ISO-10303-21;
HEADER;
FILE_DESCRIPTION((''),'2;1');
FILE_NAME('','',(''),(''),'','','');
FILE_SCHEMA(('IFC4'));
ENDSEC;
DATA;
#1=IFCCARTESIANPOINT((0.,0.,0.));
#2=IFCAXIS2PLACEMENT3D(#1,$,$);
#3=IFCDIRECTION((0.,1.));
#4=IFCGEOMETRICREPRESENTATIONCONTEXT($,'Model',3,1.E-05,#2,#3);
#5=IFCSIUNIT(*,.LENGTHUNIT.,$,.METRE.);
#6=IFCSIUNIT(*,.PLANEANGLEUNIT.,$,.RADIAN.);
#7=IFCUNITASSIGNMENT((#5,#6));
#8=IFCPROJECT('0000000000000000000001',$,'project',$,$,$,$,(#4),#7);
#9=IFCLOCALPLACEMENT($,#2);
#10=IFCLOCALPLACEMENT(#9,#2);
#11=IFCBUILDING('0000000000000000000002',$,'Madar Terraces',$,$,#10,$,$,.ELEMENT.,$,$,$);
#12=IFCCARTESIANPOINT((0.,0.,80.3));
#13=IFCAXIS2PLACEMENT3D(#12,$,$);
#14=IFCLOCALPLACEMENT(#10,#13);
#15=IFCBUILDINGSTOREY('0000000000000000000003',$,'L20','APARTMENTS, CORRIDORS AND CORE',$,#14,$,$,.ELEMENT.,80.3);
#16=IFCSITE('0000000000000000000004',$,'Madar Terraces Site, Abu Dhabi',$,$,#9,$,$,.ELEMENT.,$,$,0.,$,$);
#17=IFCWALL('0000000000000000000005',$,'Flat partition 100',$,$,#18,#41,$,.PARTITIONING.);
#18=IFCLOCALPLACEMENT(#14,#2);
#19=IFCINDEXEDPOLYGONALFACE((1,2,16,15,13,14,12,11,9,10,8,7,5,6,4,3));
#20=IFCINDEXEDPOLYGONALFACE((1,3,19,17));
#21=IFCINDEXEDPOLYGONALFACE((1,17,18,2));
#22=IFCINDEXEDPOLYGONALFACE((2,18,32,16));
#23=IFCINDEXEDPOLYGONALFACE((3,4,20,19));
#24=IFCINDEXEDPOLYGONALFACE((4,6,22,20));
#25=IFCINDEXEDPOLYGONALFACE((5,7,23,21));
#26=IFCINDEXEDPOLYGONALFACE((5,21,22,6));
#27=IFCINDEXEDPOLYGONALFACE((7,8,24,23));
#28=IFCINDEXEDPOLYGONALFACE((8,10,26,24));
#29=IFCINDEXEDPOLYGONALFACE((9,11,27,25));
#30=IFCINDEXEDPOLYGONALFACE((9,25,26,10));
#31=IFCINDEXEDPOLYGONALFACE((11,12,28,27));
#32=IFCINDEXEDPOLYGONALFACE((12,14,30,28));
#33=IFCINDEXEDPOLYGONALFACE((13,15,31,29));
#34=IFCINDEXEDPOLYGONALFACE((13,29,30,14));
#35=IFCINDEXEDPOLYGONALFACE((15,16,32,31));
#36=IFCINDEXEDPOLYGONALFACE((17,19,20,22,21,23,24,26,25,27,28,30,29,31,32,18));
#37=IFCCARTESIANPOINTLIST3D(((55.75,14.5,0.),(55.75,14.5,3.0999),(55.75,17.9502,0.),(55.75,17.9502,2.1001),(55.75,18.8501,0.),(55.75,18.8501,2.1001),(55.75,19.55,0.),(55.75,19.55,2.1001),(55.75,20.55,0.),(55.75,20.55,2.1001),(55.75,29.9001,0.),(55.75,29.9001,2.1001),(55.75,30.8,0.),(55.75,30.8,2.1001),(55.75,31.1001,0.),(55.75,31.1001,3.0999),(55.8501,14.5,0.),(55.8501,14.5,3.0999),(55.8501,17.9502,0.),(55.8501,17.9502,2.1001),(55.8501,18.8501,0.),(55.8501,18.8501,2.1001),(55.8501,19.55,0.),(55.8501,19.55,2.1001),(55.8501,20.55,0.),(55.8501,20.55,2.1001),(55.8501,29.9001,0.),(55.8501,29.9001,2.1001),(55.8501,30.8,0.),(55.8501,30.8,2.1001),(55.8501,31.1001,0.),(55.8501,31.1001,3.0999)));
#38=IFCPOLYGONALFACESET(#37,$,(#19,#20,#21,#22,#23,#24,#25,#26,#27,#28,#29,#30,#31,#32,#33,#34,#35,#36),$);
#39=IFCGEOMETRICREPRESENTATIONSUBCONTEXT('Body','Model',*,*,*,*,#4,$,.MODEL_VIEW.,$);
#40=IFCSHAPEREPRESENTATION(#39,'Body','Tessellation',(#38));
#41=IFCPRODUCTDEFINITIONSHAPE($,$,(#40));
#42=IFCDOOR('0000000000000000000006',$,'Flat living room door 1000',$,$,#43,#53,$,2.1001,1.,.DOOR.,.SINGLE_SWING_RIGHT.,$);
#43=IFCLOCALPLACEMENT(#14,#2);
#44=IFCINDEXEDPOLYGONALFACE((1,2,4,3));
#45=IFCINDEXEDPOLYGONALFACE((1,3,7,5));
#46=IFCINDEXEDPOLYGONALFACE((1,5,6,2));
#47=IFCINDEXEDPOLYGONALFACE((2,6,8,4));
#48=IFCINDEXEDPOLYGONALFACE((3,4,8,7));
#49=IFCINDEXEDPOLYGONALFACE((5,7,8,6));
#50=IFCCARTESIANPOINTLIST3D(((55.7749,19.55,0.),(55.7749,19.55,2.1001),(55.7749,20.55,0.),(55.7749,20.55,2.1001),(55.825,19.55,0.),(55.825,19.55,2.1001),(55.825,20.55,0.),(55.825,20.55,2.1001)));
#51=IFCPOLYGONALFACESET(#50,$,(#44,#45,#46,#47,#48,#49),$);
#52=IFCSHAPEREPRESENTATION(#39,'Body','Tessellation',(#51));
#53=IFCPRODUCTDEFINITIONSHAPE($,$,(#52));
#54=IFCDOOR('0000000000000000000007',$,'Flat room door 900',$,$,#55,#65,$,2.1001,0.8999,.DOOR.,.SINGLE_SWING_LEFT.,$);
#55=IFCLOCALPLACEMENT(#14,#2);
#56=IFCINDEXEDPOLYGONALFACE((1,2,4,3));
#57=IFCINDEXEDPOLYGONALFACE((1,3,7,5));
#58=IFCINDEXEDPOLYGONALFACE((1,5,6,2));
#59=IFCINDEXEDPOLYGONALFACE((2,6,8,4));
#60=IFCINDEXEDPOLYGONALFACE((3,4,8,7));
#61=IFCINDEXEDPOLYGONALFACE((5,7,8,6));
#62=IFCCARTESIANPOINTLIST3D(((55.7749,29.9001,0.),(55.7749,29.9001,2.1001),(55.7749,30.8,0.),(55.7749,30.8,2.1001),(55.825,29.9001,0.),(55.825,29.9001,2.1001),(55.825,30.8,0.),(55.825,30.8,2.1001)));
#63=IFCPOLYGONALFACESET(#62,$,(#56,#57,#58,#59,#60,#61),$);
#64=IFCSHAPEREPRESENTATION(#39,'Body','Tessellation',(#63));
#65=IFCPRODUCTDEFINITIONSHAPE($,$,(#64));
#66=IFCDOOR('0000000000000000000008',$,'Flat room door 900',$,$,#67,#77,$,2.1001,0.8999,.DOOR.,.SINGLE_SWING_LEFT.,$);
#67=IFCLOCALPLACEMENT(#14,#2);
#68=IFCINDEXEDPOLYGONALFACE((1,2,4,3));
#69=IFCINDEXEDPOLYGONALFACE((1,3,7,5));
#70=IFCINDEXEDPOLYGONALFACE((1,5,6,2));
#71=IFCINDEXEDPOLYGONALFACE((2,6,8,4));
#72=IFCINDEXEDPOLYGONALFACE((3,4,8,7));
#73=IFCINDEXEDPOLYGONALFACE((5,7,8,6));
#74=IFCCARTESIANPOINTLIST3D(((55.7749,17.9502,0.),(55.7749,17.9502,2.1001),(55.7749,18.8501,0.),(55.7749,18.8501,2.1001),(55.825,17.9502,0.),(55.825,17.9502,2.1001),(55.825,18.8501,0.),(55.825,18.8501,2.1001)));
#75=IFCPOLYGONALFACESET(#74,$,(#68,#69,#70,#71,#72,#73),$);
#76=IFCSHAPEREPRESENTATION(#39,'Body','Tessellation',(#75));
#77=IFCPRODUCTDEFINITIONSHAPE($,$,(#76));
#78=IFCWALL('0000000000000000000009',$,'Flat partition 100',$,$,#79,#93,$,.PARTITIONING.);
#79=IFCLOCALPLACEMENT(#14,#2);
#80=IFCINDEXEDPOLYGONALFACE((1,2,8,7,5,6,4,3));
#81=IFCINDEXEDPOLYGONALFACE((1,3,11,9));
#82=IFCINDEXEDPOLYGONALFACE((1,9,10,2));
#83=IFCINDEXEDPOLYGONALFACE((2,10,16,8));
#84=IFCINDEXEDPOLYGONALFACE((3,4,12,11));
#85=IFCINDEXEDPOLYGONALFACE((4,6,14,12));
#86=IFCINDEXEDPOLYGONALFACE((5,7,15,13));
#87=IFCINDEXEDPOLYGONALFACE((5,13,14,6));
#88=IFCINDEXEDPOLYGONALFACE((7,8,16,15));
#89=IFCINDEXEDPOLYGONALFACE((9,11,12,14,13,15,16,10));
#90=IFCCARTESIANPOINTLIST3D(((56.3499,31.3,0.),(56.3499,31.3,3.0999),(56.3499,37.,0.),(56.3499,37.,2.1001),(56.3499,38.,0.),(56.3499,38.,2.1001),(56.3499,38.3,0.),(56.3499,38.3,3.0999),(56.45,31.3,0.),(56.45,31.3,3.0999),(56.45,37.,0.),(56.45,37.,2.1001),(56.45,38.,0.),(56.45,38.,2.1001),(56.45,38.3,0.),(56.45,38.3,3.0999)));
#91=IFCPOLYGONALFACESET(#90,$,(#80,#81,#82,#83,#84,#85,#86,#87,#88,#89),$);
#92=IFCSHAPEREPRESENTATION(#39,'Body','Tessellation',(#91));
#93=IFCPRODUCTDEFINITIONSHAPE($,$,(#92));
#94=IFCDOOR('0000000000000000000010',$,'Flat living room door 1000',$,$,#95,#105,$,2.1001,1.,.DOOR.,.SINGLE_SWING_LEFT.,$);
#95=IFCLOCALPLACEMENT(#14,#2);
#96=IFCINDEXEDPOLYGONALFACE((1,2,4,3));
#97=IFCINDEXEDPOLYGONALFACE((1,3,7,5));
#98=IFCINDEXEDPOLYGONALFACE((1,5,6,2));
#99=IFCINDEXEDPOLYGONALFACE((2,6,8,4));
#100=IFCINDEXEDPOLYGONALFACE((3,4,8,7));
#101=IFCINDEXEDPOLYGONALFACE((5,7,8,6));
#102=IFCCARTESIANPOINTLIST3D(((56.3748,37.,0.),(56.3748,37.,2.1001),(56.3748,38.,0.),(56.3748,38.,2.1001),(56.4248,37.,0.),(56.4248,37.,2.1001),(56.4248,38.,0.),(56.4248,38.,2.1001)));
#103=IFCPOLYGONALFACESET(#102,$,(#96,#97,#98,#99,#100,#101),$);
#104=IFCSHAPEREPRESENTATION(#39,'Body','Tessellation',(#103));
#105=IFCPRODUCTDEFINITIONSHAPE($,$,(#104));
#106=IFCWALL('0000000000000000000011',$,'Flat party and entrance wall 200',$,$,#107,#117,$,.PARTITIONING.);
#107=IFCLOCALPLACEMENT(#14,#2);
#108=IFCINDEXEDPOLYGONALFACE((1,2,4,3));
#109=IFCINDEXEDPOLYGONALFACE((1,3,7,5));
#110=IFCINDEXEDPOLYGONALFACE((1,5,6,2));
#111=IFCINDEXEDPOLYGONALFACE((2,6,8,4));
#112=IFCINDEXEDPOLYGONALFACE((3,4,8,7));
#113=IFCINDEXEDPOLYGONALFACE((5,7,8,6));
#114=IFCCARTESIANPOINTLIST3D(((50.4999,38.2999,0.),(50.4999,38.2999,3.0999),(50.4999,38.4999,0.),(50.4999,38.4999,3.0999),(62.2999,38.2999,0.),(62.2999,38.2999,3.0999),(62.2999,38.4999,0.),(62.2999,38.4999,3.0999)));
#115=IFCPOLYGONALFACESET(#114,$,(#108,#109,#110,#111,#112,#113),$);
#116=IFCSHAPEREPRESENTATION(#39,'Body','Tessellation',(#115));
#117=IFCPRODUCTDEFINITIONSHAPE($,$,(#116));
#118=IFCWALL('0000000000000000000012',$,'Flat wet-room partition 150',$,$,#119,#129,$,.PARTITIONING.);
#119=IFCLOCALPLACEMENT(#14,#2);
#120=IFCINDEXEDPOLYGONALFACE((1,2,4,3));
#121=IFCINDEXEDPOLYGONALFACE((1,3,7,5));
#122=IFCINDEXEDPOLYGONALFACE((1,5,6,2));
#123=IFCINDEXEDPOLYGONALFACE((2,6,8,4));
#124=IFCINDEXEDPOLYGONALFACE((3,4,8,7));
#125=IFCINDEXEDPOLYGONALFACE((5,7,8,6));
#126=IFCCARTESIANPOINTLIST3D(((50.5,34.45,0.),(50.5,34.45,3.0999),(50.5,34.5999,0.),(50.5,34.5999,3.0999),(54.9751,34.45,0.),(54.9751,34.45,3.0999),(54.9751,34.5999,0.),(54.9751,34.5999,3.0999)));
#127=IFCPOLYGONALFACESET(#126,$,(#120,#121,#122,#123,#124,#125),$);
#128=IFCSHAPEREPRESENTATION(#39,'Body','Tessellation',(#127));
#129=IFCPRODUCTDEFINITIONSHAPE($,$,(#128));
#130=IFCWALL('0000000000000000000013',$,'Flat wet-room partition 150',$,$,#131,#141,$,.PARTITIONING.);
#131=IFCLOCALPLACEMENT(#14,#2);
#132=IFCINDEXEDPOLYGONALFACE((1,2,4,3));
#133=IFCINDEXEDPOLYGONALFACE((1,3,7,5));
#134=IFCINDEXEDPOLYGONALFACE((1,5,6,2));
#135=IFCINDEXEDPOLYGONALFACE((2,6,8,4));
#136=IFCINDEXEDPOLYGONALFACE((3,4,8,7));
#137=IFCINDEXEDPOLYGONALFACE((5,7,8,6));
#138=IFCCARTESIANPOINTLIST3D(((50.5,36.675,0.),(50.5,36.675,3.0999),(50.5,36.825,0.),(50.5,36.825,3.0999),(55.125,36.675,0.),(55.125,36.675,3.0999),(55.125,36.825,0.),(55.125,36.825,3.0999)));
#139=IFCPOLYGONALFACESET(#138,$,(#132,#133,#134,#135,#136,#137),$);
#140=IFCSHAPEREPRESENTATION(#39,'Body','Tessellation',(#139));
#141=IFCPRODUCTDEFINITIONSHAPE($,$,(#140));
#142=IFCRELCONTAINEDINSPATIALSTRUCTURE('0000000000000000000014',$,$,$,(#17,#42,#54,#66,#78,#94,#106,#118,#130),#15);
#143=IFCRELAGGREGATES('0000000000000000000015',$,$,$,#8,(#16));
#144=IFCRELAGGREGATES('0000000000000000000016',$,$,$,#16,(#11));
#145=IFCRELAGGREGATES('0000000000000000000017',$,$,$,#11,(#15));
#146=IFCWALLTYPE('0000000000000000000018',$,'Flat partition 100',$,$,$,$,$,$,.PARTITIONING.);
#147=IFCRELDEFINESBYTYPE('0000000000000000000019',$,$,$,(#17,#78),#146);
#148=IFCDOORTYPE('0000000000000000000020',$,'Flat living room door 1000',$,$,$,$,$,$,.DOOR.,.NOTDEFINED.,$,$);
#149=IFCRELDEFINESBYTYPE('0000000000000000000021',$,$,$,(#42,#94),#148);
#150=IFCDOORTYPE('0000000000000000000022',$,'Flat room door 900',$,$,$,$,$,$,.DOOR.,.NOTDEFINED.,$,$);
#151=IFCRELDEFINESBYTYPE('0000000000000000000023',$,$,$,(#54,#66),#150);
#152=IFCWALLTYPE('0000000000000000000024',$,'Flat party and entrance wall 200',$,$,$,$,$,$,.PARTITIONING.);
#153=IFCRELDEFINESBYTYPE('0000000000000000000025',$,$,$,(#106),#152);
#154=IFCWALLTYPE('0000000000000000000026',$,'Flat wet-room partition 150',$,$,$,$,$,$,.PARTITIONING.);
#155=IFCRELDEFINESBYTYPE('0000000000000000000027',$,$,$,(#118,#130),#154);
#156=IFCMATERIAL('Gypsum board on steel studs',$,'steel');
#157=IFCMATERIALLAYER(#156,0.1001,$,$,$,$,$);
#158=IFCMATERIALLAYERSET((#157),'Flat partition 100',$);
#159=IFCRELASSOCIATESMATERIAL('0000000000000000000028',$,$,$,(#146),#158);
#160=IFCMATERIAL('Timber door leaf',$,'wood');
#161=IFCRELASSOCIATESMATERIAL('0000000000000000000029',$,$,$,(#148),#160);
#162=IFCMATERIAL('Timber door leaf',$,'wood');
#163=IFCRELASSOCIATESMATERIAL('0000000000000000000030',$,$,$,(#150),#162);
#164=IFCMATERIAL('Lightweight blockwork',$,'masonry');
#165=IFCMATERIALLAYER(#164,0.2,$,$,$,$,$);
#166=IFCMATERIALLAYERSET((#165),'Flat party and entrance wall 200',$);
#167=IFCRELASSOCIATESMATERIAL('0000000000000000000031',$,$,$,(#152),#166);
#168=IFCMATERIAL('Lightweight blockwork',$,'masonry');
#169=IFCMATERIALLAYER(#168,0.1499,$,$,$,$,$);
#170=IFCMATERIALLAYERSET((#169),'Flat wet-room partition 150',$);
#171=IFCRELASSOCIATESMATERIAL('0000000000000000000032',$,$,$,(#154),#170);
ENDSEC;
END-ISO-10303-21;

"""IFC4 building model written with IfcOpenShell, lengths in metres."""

from ifc_helpers import new_model, si_unit, direction, frame, frame_2d, origin, place, context, subcontext, project, spatial, rectangle, extrude, material, layer, layer_set, type_object, element, fill, save


model = new_model("IFC4")

# Units and contexts
model_context = context("Model", 3, precision=1e-05, world=origin(), true_north=direction((0.0, 1.0)))
body_context = subcontext(model_context, "Body", "Model", "MODEL_VIEW")
ifc_project = project(units=[si_unit("LENGTHUNIT", "METRE"), si_unit("PLANEANGLEUNIT", "RADIAN")], contexts=[model_context])

# Site, building, storey
site_placement = place(None, origin())
site = spatial("IfcSite", under=ifc_project, at=site_placement, Name="Madar Terraces Site, Abu Dhabi", CompositionType="ELEMENT", RefElevation=0.0)
building_placement = place(site_placement, origin())
building = spatial("IfcBuilding", under=site, at=building_placement, Name="Madar Terraces", CompositionType="ELEMENT")
storey_placement = place(building_placement, frame((0.0, 0.0, 80.3)))
storey = spatial("IfcBuildingStorey", under=building, at=storey_placement, Name="L20", Description="APARTMENTS, CORRIDORS AND CORE", CompositionType="ELEMENT", Elevation=80.3)

# Shared definitions
ifc_material_1 = material(Name="Gypsum board on steel studs", Category="steel")
ifc_layer_1 = layer(ifc_material_1, 0.1001)
ifc_layer_set_1 = layer_set([ifc_layer_1], Name="Flat partition 100")
wall_type_1 = type_object("IfcWallType", Name="Flat partition 100", PredefinedType="PARTITIONING", material=ifc_layer_set_1)

# Wall, openings, doors
wall_1_placement = place(storey_placement, frame((55.8, 31.1001, 0.0), z_axis=(0.0, 0.0, 1.0), x_axis=(0.0, -1.0, 0.0)))
wall_1 = element("IfcWall", 1, at=wall_1_placement, inside=storey, type_object=wall_type_1, Name="Flat partition 100", PredefinedType="PARTITIONING", context=body_context, shape_type="SweptSolid", body=[
    extrude(rectangle(XDim=16.6001, YDim=0.1001, at=frame_2d((8.3, 0.0))), origin(), (0.0, 0.0, 1.0), 3.0999),
])
opening_1_placement = place(wall_1_placement, frame((0.3, 0.0, 0.0)))
opening_1 = element("IfcOpeningElement", 2, at=opening_1_placement, cuts=wall_1, PredefinedType="OPENING", context=body_context, shape_type="SweptSolid", body=[
    extrude(rectangle(XDim=0.8999, YDim=2.1001, at=frame_2d((0.45, 1.05))), frame((0.0, 0.0601, 0.0), z_axis=(0.0, -1.0, 0.0), x_axis=(1.0, 0.0, 0.0)), (0.0, 0.0, 1.0), 0.1201),
])
opening_2_placement = place(wall_1_placement, frame((10.55, 0.0, 0.0)))
opening_2 = element("IfcOpeningElement", 3, at=opening_2_placement, cuts=wall_1, PredefinedType="OPENING", context=body_context, shape_type="SweptSolid", body=[
    extrude(rectangle(XDim=1.0, YDim=2.1001, at=frame_2d((0.5, 1.05))), frame((0.0, 0.0601, 0.0), z_axis=(0.0, -1.0, 0.0), x_axis=(1.0, 0.0, 0.0)), (0.0, 0.0, 1.0), 0.1201),
])
opening_3_placement = place(wall_1_placement, frame((12.25, 0.0, 0.0)))
opening_3 = element("IfcOpeningElement", 4, at=opening_3_placement, cuts=wall_1, PredefinedType="OPENING", context=body_context, shape_type="SweptSolid", body=[
    extrude(rectangle(XDim=0.8999, YDim=2.1001, at=frame_2d((0.45, 1.05))), frame((0.0, 0.0601, 0.0), z_axis=(0.0, -1.0, 0.0), x_axis=(1.0, 0.0, 0.0)), (0.0, 0.0, 1.0), 0.1201),
])
ifc_material_2 = material(Name="Timber door leaf", Category="wood")
door_type_1 = type_object("IfcDoorType", Name="Flat living room door 1000", OperationType="NOTDEFINED", PredefinedType="DOOR", material=ifc_material_2)
door_1_placement = place(opening_2_placement, origin())
door_1 = element("IfcDoor", 5, at=door_1_placement, inside=storey, type_object=door_type_1, Name="Flat living room door 1000", OperationType="SINGLE_SWING_RIGHT", OverallHeight=2.1001, OverallWidth=1.0, PredefinedType="DOOR", context=body_context, shape_type="SweptSolid", body=[
    extrude(rectangle(XDim=1.0, YDim=2.1001, at=frame_2d((0.5, 1.05))), frame((0.0, 0.0249, 0.0), z_axis=(0.0, -1.0, 0.0), x_axis=(1.0, 0.0, 0.0)), (0.0, 0.0, 1.0), 0.05),
])
fill(opening_2, door_1)
ifc_material_3 = material(Name="Timber door leaf", Category="wood")
door_type_2 = type_object("IfcDoorType", Name="Flat room door 900", OperationType="NOTDEFINED", PredefinedType="DOOR", material=ifc_material_3)
door_2_placement = place(opening_1_placement, origin())
door_2 = element("IfcDoor", 6, at=door_2_placement, inside=storey, type_object=door_type_2, Name="Flat room door 900", OperationType="SINGLE_SWING_LEFT", OverallHeight=2.1001, OverallWidth=0.8999, PredefinedType="DOOR", context=body_context, shape_type="SweptSolid", body=[
    extrude(rectangle(XDim=0.8999, YDim=2.1001, at=frame_2d((0.45, 1.05))), frame((0.0, 0.0249, 0.0), z_axis=(0.0, -1.0, 0.0), x_axis=(1.0, 0.0, 0.0)), (0.0, 0.0, 1.0), 0.05),
])
fill(opening_1, door_2)
door_3_placement = place(opening_3_placement, origin())
door_3 = element("IfcDoor", 7, at=door_3_placement, inside=storey, type_object=door_type_2, Name="Flat room door 900", OperationType="SINGLE_SWING_LEFT", OverallHeight=2.1001, OverallWidth=0.8999, PredefinedType="DOOR", context=body_context, shape_type="SweptSolid", body=[
    extrude(rectangle(XDim=0.8999, YDim=2.1001, at=frame_2d((0.45, 1.05))), frame((0.0, 0.0249, 0.0), z_axis=(0.0, -1.0, 0.0), x_axis=(1.0, 0.0, 0.0)), (0.0, 0.0, 1.0), 0.05),
])
fill(opening_3, door_3)

# Wall, opening, door
wall_2_placement = place(storey_placement, frame((56.3999, 38.3, 0.0), z_axis=(0.0, 0.0, 1.0), x_axis=(0.0, -1.0, 0.0)))
wall_2 = element("IfcWall", 8, at=wall_2_placement, inside=storey, type_object=wall_type_1, Name="Flat partition 100", PredefinedType="PARTITIONING", context=body_context, shape_type="SweptSolid", body=[
    extrude(rectangle(XDim=7.0, YDim=0.1001, at=frame_2d((3.5, 0.0))), origin(), (0.0, 0.0, 1.0), 3.0999),
])
opening_4_placement = place(wall_2_placement, frame((0.3, 0.0, 0.0)))
opening_4 = element("IfcOpeningElement", 9, at=opening_4_placement, cuts=wall_2, PredefinedType="OPENING", context=body_context, shape_type="SweptSolid", body=[
    extrude(rectangle(XDim=1.0, YDim=2.1001, at=frame_2d((0.5, 1.05))), frame((0.0, 0.0601, 0.0), z_axis=(0.0, -1.0, 0.0), x_axis=(1.0, 0.0, 0.0)), (0.0, 0.0, 1.0), 0.1201),
])
door_4_placement = place(opening_4_placement, origin())
door_4 = element("IfcDoor", 10, at=door_4_placement, inside=storey, type_object=door_type_1, Name="Flat living room door 1000", OperationType="SINGLE_SWING_LEFT", OverallHeight=2.1001, OverallWidth=1.0, PredefinedType="DOOR", context=body_context, shape_type="SweptSolid", body=[
    extrude(rectangle(XDim=1.0, YDim=2.1001, at=frame_2d((0.5, 1.05))), frame((0.0, 0.0249, 0.0), z_axis=(0.0, -1.0, 0.0), x_axis=(1.0, 0.0, 0.0)), (0.0, 0.0, 1.0), 0.05),
])
fill(opening_4, door_4)

# Walls
ifc_material_4 = material(Name="Lightweight blockwork", Category="masonry")
ifc_layer_2 = layer(ifc_material_4, 0.2)
ifc_layer_set_2 = layer_set([ifc_layer_2], Name="Flat party and entrance wall 200")
wall_type_2 = type_object("IfcWallType", Name="Flat party and entrance wall 200", PredefinedType="PARTITIONING", material=ifc_layer_set_2)
wall_3_placement = place(storey_placement, frame((50.5, 38.3999, 0.0), z_axis=(0.0, 0.0, 1.0), x_axis=(1.0, 0.0, 0.0)))
element("IfcWall", 11, at=wall_3_placement, inside=storey, type_object=wall_type_2, Name="Flat party and entrance wall 200", PredefinedType="PARTITIONING", context=body_context, shape_type="SweptSolid", body=[
    extrude(rectangle(XDim=11.8, YDim=0.2, at=frame_2d((5.8999, 0.0))), origin(), (0.0, 0.0, 1.0), 3.0999),
])
ifc_material_5 = material(Name="Lightweight blockwork", Category="masonry")
ifc_layer_3 = layer(ifc_material_5, 0.1499)
ifc_layer_set_3 = layer_set([ifc_layer_3], Name="Flat wet-room partition 150")
wall_type_3 = type_object("IfcWallType", Name="Flat wet-room partition 150", PredefinedType="PARTITIONING", material=ifc_layer_set_3)
wall_4_placement = place(storey_placement, frame((50.5, 34.5249, 0.0), z_axis=(0.0, 0.0, 1.0), x_axis=(1.0, 0.0, 0.0)))
element("IfcWall", 12, at=wall_4_placement, inside=storey, type_object=wall_type_3, Name="Flat wet-room partition 150", PredefinedType="PARTITIONING", context=body_context, shape_type="SweptSolid", body=[
    extrude(rectangle(XDim=4.4751, YDim=0.1499, at=frame_2d((2.2375, 0.0))), origin(), (0.0, 0.0, 1.0), 3.0999),
])
wall_5_placement = place(storey_placement, frame((50.5, 36.75, 0.0), z_axis=(0.0, 0.0, 1.0), x_axis=(1.0, 0.0, 0.0)))
element("IfcWall", 13, at=wall_5_placement, inside=storey, type_object=wall_type_3, Name="Flat wet-room partition 150", PredefinedType="PARTITIONING", context=body_context, shape_type="SweptSolid", body=[
    extrude(rectangle(XDim=4.625, YDim=0.1499, at=frame_2d((2.3125, 0.0))), origin(), (0.0, 0.0, 1.0), 3.0999),
])

save(model, "model.ifc")
